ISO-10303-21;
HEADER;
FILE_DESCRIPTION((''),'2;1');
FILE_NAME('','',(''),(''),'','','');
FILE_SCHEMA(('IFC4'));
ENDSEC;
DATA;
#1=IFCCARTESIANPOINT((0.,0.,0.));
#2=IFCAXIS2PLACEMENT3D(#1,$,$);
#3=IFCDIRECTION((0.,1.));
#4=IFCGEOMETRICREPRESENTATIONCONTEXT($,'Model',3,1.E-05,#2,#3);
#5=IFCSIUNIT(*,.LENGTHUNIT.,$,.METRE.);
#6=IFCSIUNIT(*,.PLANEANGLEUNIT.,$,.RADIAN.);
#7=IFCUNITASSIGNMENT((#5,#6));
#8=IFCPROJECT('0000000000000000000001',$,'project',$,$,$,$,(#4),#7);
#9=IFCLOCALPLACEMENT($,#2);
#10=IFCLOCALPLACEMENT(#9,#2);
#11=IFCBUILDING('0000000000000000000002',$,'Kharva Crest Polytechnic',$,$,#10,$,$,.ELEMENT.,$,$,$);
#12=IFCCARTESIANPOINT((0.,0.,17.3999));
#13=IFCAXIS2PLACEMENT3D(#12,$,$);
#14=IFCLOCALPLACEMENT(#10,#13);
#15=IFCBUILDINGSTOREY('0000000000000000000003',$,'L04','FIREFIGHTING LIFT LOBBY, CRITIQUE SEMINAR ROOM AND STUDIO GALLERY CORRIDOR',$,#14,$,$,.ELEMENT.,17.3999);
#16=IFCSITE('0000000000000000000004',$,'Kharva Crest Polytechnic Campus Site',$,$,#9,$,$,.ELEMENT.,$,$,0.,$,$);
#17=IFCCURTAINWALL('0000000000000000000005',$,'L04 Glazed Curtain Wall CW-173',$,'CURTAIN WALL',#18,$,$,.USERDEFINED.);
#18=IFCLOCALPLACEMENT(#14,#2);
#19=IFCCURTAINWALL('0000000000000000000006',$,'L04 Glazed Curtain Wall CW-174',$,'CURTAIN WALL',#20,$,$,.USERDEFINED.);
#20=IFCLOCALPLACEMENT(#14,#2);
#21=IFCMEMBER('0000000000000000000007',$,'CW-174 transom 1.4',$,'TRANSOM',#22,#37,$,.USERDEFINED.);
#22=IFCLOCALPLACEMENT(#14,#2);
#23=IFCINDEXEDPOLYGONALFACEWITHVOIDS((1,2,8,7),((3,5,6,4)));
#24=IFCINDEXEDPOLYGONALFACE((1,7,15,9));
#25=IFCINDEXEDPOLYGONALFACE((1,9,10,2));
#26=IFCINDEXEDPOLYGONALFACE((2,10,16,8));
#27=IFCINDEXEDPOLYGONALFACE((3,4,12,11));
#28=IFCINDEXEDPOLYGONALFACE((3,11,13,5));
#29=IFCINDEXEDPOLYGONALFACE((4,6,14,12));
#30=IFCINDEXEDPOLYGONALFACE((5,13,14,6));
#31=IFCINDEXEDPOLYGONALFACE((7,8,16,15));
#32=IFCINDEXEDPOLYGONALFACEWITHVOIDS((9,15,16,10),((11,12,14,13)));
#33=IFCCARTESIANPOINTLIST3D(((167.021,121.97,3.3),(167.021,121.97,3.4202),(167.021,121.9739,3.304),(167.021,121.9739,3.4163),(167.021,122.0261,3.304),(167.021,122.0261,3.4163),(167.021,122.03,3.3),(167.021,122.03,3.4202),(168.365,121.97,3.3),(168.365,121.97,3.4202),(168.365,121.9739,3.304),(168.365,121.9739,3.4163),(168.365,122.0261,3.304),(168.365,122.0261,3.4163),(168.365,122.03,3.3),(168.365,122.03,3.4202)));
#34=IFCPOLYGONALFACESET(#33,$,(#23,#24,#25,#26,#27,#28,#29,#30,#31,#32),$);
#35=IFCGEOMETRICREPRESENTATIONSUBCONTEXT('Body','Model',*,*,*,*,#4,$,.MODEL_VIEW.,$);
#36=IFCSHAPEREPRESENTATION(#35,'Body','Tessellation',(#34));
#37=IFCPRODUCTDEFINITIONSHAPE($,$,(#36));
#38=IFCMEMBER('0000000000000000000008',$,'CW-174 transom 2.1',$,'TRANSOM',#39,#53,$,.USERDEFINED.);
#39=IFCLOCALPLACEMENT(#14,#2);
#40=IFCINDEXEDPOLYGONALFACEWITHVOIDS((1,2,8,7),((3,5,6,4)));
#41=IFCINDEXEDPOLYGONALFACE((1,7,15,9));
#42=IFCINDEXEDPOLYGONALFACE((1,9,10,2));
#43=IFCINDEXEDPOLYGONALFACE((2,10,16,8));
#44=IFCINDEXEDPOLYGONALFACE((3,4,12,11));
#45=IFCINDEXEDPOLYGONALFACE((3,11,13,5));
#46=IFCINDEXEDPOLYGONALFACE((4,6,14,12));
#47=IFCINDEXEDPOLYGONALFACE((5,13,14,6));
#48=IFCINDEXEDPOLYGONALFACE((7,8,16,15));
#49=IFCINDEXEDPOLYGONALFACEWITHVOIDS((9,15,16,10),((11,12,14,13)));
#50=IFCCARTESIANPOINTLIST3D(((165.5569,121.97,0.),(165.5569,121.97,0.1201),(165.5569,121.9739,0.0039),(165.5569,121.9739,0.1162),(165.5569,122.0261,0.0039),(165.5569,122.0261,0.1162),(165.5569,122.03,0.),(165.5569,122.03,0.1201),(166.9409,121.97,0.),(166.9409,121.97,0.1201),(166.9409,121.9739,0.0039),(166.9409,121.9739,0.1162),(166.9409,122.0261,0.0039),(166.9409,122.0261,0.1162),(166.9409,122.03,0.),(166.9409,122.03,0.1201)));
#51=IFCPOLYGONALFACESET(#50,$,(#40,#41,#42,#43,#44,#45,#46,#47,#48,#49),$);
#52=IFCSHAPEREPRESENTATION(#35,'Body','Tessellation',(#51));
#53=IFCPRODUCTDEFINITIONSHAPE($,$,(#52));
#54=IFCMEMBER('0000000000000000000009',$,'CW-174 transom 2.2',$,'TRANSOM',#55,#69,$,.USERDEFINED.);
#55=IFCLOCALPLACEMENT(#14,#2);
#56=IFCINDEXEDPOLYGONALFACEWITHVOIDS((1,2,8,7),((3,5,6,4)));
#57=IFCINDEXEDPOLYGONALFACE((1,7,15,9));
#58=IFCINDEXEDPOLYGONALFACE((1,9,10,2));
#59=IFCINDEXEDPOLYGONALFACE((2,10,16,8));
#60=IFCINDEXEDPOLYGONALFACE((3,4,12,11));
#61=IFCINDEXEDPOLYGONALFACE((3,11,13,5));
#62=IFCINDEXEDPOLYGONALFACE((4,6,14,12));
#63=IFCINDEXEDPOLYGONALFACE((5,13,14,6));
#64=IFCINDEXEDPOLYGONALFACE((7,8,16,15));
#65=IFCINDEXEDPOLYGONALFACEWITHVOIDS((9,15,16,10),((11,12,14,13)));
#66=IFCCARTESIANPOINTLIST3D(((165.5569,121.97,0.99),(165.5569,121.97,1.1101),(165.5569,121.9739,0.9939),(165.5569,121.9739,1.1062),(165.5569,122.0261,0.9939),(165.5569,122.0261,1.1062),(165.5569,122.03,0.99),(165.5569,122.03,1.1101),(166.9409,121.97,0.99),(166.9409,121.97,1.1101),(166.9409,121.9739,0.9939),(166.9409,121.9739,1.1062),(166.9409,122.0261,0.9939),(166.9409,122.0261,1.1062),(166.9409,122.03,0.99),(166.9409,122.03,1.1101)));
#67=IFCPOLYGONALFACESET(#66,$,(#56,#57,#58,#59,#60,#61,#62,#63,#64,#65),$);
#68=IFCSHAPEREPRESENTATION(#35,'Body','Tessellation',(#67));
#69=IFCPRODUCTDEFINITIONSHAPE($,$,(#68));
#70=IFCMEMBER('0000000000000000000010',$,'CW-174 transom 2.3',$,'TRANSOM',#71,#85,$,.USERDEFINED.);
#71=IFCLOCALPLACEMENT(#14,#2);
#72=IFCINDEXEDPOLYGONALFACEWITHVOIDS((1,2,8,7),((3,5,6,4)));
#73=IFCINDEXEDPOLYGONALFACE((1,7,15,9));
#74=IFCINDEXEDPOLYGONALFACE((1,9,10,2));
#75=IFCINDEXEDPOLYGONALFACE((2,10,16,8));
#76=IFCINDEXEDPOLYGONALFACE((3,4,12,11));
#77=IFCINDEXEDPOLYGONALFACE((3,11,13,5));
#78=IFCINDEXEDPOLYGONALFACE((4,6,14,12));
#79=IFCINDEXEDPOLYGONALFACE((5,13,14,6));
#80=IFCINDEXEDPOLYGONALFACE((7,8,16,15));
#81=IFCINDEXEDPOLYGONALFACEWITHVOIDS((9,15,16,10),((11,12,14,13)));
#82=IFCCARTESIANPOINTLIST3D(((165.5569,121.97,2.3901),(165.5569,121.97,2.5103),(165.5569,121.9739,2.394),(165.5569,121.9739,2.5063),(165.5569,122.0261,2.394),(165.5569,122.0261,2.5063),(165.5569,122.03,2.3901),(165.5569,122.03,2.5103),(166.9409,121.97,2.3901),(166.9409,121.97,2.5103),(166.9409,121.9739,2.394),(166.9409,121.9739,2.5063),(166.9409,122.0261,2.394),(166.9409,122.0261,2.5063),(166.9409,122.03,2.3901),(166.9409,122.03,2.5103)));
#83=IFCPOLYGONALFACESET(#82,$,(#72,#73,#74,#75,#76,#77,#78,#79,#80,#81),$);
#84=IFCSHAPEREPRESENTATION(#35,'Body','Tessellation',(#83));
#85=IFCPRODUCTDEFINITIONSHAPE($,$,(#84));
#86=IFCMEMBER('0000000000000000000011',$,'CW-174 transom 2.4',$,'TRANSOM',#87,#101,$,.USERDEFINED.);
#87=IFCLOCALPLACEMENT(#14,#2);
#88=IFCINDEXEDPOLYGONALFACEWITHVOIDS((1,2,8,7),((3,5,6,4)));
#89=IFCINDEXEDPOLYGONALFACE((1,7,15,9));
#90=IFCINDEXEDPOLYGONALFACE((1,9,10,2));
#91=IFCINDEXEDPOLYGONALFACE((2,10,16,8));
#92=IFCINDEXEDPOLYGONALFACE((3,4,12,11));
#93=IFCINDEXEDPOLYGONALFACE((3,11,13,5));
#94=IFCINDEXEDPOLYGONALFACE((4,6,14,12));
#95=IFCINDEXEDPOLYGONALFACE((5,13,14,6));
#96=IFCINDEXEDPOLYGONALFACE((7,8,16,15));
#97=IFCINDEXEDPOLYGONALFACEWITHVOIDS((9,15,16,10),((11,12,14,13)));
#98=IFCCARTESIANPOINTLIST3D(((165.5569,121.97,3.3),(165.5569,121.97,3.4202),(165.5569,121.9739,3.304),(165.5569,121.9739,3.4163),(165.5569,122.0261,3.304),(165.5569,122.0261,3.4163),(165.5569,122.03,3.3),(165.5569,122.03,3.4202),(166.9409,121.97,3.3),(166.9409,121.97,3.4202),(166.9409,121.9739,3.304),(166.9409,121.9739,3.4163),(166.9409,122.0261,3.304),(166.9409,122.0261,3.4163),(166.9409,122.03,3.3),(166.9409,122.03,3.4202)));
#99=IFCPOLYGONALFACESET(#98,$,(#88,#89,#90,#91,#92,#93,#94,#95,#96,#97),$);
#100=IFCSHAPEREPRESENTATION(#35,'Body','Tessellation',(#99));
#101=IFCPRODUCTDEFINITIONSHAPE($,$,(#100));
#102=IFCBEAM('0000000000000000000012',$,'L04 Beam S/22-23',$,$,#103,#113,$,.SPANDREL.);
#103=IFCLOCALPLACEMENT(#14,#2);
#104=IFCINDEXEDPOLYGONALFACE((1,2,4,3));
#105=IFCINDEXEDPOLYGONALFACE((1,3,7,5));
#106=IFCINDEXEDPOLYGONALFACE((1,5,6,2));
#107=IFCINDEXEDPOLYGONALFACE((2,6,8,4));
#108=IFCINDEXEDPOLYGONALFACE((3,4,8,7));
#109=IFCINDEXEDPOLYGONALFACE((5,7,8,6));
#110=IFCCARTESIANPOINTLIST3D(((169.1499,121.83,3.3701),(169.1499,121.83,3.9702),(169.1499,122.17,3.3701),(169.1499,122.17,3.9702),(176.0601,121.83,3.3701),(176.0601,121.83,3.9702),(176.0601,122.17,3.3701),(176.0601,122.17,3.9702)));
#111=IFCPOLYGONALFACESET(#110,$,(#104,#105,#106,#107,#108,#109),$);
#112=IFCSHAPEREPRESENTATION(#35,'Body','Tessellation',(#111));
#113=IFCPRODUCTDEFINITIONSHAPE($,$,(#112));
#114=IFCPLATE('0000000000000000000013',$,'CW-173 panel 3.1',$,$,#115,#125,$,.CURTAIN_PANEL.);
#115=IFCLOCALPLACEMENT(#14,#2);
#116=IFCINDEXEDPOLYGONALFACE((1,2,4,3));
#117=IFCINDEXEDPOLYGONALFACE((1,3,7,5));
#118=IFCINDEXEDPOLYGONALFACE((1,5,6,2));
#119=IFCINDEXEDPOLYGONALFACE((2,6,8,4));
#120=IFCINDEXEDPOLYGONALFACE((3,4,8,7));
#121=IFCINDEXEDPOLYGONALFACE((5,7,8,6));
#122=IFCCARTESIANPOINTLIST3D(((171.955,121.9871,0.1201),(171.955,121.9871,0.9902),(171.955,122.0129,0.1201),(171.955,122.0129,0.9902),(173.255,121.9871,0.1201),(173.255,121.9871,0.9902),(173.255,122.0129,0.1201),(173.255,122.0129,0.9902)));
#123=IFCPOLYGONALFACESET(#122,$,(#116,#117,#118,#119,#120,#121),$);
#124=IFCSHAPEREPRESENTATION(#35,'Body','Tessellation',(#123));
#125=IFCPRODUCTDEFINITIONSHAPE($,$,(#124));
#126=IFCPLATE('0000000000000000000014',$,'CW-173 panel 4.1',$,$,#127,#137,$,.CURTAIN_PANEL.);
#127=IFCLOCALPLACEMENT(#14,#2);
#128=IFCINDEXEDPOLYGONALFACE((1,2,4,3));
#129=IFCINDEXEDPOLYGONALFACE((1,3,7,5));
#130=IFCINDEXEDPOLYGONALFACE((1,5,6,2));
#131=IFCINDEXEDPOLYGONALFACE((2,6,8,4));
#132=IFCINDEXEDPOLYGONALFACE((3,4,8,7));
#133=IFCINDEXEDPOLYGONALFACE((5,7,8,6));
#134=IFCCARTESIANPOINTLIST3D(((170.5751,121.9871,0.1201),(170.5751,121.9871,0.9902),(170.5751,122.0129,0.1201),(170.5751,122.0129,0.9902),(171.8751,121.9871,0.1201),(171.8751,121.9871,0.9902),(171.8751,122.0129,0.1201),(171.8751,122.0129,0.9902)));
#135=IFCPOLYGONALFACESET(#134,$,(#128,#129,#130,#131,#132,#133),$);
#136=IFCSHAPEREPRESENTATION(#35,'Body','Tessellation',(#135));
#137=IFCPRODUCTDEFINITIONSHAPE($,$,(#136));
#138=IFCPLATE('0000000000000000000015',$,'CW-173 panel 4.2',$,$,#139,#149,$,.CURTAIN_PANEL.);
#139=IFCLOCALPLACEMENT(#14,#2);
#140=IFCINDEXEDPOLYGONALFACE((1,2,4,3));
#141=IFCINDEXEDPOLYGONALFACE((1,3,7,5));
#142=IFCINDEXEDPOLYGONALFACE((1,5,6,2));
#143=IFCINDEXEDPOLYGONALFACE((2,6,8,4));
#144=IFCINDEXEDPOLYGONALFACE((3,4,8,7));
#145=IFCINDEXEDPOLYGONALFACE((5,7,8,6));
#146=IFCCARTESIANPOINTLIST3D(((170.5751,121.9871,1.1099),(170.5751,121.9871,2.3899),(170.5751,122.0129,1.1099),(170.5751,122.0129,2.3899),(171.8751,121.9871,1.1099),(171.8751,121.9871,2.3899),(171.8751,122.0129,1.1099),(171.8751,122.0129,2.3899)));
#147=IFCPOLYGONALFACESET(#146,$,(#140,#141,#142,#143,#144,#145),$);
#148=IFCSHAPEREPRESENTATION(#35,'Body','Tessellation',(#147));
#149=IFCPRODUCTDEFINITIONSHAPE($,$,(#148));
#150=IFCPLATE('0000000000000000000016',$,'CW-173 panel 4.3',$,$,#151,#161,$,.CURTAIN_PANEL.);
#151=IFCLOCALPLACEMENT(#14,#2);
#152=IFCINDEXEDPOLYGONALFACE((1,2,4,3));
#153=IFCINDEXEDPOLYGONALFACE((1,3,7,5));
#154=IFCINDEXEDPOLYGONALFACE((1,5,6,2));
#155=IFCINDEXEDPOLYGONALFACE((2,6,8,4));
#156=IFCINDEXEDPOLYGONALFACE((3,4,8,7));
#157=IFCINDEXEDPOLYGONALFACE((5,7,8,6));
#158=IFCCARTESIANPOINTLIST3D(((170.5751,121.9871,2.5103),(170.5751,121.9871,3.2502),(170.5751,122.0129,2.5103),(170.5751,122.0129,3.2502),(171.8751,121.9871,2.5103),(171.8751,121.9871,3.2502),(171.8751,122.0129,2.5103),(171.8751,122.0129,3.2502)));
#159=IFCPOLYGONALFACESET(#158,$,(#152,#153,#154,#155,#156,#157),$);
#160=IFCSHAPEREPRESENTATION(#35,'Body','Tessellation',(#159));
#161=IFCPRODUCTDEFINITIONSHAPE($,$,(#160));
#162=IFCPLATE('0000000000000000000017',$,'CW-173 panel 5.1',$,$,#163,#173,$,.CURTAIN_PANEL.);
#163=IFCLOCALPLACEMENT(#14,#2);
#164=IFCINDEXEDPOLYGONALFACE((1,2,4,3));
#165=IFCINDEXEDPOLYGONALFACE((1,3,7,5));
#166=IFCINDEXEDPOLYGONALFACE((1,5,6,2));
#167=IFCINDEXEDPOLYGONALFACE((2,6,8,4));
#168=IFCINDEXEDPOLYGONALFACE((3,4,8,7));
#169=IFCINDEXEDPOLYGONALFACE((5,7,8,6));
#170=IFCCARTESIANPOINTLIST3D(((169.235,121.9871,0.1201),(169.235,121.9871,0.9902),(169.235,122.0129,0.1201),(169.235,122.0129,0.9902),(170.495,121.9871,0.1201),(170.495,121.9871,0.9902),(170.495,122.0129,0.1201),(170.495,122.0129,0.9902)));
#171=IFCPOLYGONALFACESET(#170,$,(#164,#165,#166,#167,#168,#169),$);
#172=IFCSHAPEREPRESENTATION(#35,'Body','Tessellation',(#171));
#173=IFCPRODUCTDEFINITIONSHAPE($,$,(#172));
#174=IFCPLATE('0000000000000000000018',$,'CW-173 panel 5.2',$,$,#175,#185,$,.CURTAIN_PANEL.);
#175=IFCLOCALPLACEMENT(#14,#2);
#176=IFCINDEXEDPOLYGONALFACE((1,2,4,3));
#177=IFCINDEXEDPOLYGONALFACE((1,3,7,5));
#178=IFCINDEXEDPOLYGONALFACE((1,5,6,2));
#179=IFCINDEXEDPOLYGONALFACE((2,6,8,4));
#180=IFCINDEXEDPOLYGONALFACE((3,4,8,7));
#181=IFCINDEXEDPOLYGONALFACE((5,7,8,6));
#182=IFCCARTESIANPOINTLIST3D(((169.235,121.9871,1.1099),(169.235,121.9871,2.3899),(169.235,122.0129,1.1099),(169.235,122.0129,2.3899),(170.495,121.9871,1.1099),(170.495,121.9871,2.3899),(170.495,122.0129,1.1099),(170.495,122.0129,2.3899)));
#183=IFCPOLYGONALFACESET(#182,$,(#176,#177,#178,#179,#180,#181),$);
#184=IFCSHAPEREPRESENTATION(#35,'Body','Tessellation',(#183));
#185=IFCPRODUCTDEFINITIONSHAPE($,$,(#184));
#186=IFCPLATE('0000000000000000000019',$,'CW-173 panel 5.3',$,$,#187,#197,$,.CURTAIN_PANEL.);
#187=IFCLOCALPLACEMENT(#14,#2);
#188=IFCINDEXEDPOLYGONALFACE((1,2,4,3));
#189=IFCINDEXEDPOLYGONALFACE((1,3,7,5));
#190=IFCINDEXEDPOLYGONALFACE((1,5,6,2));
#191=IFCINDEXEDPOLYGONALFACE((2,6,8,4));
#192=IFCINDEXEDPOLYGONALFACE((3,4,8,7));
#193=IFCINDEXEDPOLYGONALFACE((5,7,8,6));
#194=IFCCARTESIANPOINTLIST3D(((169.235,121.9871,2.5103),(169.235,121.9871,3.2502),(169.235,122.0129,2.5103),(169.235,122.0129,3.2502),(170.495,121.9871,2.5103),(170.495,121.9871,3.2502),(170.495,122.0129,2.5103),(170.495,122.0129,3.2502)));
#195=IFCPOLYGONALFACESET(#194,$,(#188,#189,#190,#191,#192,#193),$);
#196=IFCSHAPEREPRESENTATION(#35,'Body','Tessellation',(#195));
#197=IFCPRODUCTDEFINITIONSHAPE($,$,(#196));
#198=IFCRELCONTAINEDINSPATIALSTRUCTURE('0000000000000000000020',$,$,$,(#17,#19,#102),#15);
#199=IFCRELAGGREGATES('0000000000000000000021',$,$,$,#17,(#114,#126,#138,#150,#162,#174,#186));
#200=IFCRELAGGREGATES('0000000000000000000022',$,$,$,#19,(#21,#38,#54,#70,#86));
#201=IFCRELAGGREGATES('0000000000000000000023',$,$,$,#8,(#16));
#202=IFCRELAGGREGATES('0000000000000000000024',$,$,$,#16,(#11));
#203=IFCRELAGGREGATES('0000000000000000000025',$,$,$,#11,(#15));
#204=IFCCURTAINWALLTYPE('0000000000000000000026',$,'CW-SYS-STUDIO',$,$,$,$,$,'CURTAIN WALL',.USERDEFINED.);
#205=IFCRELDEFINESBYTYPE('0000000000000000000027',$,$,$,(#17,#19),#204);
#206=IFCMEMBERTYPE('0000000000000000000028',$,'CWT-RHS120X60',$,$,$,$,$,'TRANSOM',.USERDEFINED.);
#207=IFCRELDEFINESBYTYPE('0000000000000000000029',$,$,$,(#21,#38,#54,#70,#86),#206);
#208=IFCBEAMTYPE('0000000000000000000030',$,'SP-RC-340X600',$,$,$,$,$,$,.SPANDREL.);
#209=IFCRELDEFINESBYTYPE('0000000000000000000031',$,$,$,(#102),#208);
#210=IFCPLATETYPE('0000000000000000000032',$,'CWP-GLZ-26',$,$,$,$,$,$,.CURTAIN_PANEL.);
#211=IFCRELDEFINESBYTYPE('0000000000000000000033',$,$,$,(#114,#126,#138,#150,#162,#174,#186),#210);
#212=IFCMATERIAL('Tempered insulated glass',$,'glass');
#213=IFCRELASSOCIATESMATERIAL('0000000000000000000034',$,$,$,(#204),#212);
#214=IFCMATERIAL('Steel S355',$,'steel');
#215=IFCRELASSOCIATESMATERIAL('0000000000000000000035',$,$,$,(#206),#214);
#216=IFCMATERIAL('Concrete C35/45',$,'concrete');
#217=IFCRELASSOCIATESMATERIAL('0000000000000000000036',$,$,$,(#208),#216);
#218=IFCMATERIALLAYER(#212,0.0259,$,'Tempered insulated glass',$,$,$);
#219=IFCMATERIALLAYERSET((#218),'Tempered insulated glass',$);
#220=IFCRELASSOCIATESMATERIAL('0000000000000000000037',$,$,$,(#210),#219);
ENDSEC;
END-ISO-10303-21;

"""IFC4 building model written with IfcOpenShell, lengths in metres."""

from ifc_helpers import new_model, si_unit, direction, frame, origin, origin_2d, place, context, subcontext, project, spatial, rectangle, hollow_rectangle, extrude, material, layer, layer_set, material_profile, profile_set, type_object, element, aggregate, save


model = new_model("IFC4")

# Units and contexts
model_context = context("Model", 3, precision=1e-05, world=origin(), true_north=direction((0.0, 1.0)))
body_context = subcontext(model_context, "Body", "Model", "MODEL_VIEW")
ifc_project = project(units=[si_unit("LENGTHUNIT", "METRE"), si_unit("PLANEANGLEUNIT", "RADIAN")], contexts=[model_context])

# Site, building, storey
site_placement = place(None, origin())
site = spatial("IfcSite", under=ifc_project, at=site_placement, Name="Kharva Crest Polytechnic Campus Site", CompositionType="ELEMENT", RefElevation=0.0)
building_placement = place(site_placement, origin())
building = spatial("IfcBuilding", under=site, at=building_placement, Name="Kharva Crest Polytechnic", CompositionType="ELEMENT")
storey_placement = place(building_placement, frame((0.0, 0.0, 17.3999)))
storey = spatial("IfcBuildingStorey", under=building, at=storey_placement, Name="L04", Description="FIREFIGHTING LIFT LOBBY, CRITIQUE SEMINAR ROOM AND STUDIO GALLERY CORRIDOR", CompositionType="ELEMENT", Elevation=17.3999)

# Shared definitions
ifc_material_1 = material(Name="Concrete C35/45", Category="concrete")

# Curtain walls
ifc_material_2 = material(Name="Tempered insulated glass", Category="glass")
curtain_wall_type = type_object("IfcCurtainWallType", Name="CW-SYS-STUDIO", ElementType="CURTAIN WALL", PredefinedType="USERDEFINED", material=ifc_material_2)
curtain_wall_1_placement = place(storey_placement, origin())
curtain_wall_1 = element("IfcCurtainWall", 1, at=curtain_wall_1_placement, inside=storey, type_object=curtain_wall_type, Name="L04 Glazed Curtain Wall CW-173", ObjectType="CURTAIN WALL", PredefinedType="USERDEFINED")
ifc_material_3 = material(Name="Steel S355", Category="steel")
curtain_wall_2_placement = place(storey_placement, origin())
curtain_wall_2 = element("IfcCurtainWall", 2, at=curtain_wall_2_placement, inside=storey, type_object=curtain_wall_type, Name="L04 Glazed Curtain Wall CW-174", ObjectType="CURTAIN WALL", PredefinedType="USERDEFINED")

# Members
ifc_material_profile_1 = material_profile(ifc_material_3, hollow_rectangle(XDim=0.0601, YDim=0.1201, WallThickness=0.0039, at=origin_2d()), Name="RHS 120X60X4.0")
ifc_profile_set_1 = profile_set([ifc_material_profile_1], Name="Steel S355")
member_type_1 = type_object("IfcMemberType", Name="CWT-RHS120X60", ElementType="TRANSOM", PredefinedType="USERDEFINED", material=ifc_profile_set_1)
member_1_placement = place(storey_placement, frame((168.365, 122.0, 3.3601), z_axis=(-1.0, 0.0, 0.0), x_axis=(0.0, -1.0, 0.0)))
member_1 = element("IfcMember", 3, at=member_1_placement, type_object=member_type_1, Name="CW-174 transom 1.4", ObjectType="TRANSOM", PredefinedType="USERDEFINED", context=body_context, shape_type="SweptSolid", body=[
    extrude(hollow_rectangle(XDim=0.0601, YDim=0.1201, WallThickness=0.0039, at=origin_2d()), origin(), (0.0, 0.0, 1.0), 1.344),
])
member_2_placement = place(storey_placement, frame((166.9409, 122.0, 0.0601), z_axis=(-1.0, 0.0, 0.0), x_axis=(0.0, -1.0, 0.0)))
member_2 = element("IfcMember", 4, at=member_2_placement, type_object=member_type_1, Name="CW-174 transom 2.1", ObjectType="TRANSOM", PredefinedType="USERDEFINED", context=body_context, shape_type="SweptSolid", body=[
    extrude(hollow_rectangle(XDim=0.0601, YDim=0.1201, WallThickness=0.0039, at=origin_2d()), origin(), (0.0, 0.0, 1.0), 1.384),
])
member_3_placement = place(storey_placement, frame((166.9409, 122.0, 1.05), z_axis=(-1.0, 0.0, 0.0), x_axis=(0.0, -1.0, 0.0)))
member_3 = element("IfcMember", 5, at=member_3_placement, type_object=member_type_1, Name="CW-174 transom 2.2", ObjectType="TRANSOM", PredefinedType="USERDEFINED", context=body_context, shape_type="SweptSolid", body=[
    extrude(hollow_rectangle(XDim=0.0601, YDim=0.1201, WallThickness=0.0039, at=origin_2d()), origin(), (0.0, 0.0, 1.0), 1.384),
])
member_4_placement = place(storey_placement, frame((166.9409, 122.0, 2.4502), z_axis=(-1.0, 0.0, 0.0), x_axis=(0.0, -1.0, 0.0)))
member_4 = element("IfcMember", 6, at=member_4_placement, type_object=member_type_1, Name="CW-174 transom 2.3", ObjectType="TRANSOM", PredefinedType="USERDEFINED", context=body_context, shape_type="SweptSolid", body=[
    extrude(hollow_rectangle(XDim=0.0601, YDim=0.1201, WallThickness=0.0039, at=origin_2d()), origin(), (0.0, 0.0, 1.0), 1.384),
])
member_5_placement = place(storey_placement, frame((166.9409, 122.0, 3.3601), z_axis=(-1.0, 0.0, 0.0), x_axis=(0.0, -1.0, 0.0)))
member_5 = element("IfcMember", 7, at=member_5_placement, type_object=member_type_1, Name="CW-174 transom 2.4", ObjectType="TRANSOM", PredefinedType="USERDEFINED", context=body_context, shape_type="SweptSolid", body=[
    extrude(hollow_rectangle(XDim=0.0601, YDim=0.1201, WallThickness=0.0039, at=origin_2d()), origin(), (0.0, 0.0, 1.0), 1.384),
])

# Beam
ifc_material_profile_2 = material_profile(ifc_material_1, rectangle(XDim=0.3401, YDim=0.6001, at=origin_2d()), Name="RECT 340 X 600")
ifc_profile_set_2 = profile_set([ifc_material_profile_2], Name="Concrete C35/45")
beam_type_1 = type_object("IfcBeamType", Name="SP-RC-340X600", PredefinedType="SPANDREL", material=ifc_profile_set_2)
beam_1_placement = place(storey_placement, frame((169.1499, 122.0, 3.6702), z_axis=(1.0, 0.0, 0.0), x_axis=(0.0, 1.0, 0.0)))
element("IfcBeam", 8, at=beam_1_placement, inside=storey, type_object=beam_type_1, Name="L04 Beam S/22-23", PredefinedType="SPANDREL", context=body_context, shape_type="SweptSolid", body=[
    extrude(rectangle(XDim=0.3401, YDim=0.6001, at=origin_2d()), origin(), (0.0, 0.0, 1.0), 6.9102),
])

# Plates
ifc_layer = layer(ifc_material_2, 0.0259, Name="Tempered insulated glass")
ifc_layer_set = layer_set([ifc_layer], Name="Tempered insulated glass")
plate_type = type_object("IfcPlateType", Name="CWP-GLZ-26", PredefinedType="CURTAIN_PANEL", material=ifc_layer_set)
plate_1_placement = place(storey_placement, frame((172.605, 122.0, 0.1201), z_axis=(0.0, 0.0, 1.0), x_axis=(-1.0, 0.0, 0.0)))
plate_1 = element("IfcPlate", 9, at=plate_1_placement, type_object=plate_type, Name="CW-173 panel 3.1", PredefinedType="CURTAIN_PANEL", context=body_context, shape_type="SweptSolid", body=[
    extrude(rectangle(XDim=1.3, YDim=0.0259, at=origin_2d()), origin(), (0.0, 0.0, 1.0), 0.8701),
])
plate_2_placement = place(storey_placement, frame((171.2251, 122.0, 0.1201), z_axis=(0.0, 0.0, 1.0), x_axis=(-1.0, 0.0, 0.0)))
plate_2 = element("IfcPlate", 10, at=plate_2_placement, type_object=plate_type, Name="CW-173 panel 4.1", PredefinedType="CURTAIN_PANEL", context=body_context, shape_type="SweptSolid", body=[
    extrude(rectangle(XDim=1.3, YDim=0.0259, at=origin_2d()), origin(), (0.0, 0.0, 1.0), 0.8701),
])
plate_3_placement = place(storey_placement, frame((171.2251, 122.0, 1.1099), z_axis=(0.0, 0.0, 1.0), x_axis=(-1.0, 0.0, 0.0)))
plate_3 = element("IfcPlate", 11, at=plate_3_placement, type_object=plate_type, Name="CW-173 panel 4.2", PredefinedType="CURTAIN_PANEL", context=body_context, shape_type="SweptSolid", body=[
    extrude(rectangle(XDim=1.3, YDim=0.0259, at=origin_2d()), origin(), (0.0, 0.0, 1.0), 1.28),
])
plate_4_placement = place(storey_placement, frame((171.2251, 122.0, 2.5103), z_axis=(0.0, 0.0, 1.0), x_axis=(-1.0, 0.0, 0.0)))
plate_4 = element("IfcPlate", 12, at=plate_4_placement, type_object=plate_type, Name="CW-173 panel 4.3", PredefinedType="CURTAIN_PANEL", context=body_context, shape_type="SweptSolid", body=[
    extrude(rectangle(XDim=1.3, YDim=0.0259, at=origin_2d()), origin(), (0.0, 0.0, 1.0), 0.74),
])
plate_5_placement = place(storey_placement, frame((169.865, 122.0, 0.1201), z_axis=(0.0, 0.0, 1.0), x_axis=(-1.0, 0.0, 0.0)))
plate_5 = element("IfcPlate", 13, at=plate_5_placement, type_object=plate_type, Name="CW-173 panel 5.1", PredefinedType="CURTAIN_PANEL", context=body_context, shape_type="SweptSolid", body=[
    extrude(rectangle(XDim=1.26, YDim=0.0259, at=origin_2d()), origin(), (0.0, 0.0, 1.0), 0.8701),
])
plate_6_placement = place(storey_placement, frame((169.865, 122.0, 1.1099), z_axis=(0.0, 0.0, 1.0), x_axis=(-1.0, 0.0, 0.0)))
plate_6 = element("IfcPlate", 14, at=plate_6_placement, type_object=plate_type, Name="CW-173 panel 5.2", PredefinedType="CURTAIN_PANEL", context=body_context, shape_type="SweptSolid", body=[
    extrude(rectangle(XDim=1.26, YDim=0.0259, at=origin_2d()), origin(), (0.0, 0.0, 1.0), 1.28),
])
plate_7_placement = place(storey_placement, frame((169.865, 122.0, 2.5103), z_axis=(0.0, 0.0, 1.0), x_axis=(-1.0, 0.0, 0.0)))
plate_7 = element("IfcPlate", 15, at=plate_7_placement, type_object=plate_type, Name="CW-173 panel 5.3", PredefinedType="CURTAIN_PANEL", context=body_context, shape_type="SweptSolid", body=[
    extrude(rectangle(XDim=1.26, YDim=0.0259, at=origin_2d()), origin(), (0.0, 0.0, 1.0), 0.74),
])
aggregate(curtain_wall_1, [plate_1, plate_2, plate_3, plate_4, plate_5, plate_6, plate_7])
aggregate(curtain_wall_2, [member_1, member_2, member_3, member_4, member_5])

save(model, "model.ifc")
